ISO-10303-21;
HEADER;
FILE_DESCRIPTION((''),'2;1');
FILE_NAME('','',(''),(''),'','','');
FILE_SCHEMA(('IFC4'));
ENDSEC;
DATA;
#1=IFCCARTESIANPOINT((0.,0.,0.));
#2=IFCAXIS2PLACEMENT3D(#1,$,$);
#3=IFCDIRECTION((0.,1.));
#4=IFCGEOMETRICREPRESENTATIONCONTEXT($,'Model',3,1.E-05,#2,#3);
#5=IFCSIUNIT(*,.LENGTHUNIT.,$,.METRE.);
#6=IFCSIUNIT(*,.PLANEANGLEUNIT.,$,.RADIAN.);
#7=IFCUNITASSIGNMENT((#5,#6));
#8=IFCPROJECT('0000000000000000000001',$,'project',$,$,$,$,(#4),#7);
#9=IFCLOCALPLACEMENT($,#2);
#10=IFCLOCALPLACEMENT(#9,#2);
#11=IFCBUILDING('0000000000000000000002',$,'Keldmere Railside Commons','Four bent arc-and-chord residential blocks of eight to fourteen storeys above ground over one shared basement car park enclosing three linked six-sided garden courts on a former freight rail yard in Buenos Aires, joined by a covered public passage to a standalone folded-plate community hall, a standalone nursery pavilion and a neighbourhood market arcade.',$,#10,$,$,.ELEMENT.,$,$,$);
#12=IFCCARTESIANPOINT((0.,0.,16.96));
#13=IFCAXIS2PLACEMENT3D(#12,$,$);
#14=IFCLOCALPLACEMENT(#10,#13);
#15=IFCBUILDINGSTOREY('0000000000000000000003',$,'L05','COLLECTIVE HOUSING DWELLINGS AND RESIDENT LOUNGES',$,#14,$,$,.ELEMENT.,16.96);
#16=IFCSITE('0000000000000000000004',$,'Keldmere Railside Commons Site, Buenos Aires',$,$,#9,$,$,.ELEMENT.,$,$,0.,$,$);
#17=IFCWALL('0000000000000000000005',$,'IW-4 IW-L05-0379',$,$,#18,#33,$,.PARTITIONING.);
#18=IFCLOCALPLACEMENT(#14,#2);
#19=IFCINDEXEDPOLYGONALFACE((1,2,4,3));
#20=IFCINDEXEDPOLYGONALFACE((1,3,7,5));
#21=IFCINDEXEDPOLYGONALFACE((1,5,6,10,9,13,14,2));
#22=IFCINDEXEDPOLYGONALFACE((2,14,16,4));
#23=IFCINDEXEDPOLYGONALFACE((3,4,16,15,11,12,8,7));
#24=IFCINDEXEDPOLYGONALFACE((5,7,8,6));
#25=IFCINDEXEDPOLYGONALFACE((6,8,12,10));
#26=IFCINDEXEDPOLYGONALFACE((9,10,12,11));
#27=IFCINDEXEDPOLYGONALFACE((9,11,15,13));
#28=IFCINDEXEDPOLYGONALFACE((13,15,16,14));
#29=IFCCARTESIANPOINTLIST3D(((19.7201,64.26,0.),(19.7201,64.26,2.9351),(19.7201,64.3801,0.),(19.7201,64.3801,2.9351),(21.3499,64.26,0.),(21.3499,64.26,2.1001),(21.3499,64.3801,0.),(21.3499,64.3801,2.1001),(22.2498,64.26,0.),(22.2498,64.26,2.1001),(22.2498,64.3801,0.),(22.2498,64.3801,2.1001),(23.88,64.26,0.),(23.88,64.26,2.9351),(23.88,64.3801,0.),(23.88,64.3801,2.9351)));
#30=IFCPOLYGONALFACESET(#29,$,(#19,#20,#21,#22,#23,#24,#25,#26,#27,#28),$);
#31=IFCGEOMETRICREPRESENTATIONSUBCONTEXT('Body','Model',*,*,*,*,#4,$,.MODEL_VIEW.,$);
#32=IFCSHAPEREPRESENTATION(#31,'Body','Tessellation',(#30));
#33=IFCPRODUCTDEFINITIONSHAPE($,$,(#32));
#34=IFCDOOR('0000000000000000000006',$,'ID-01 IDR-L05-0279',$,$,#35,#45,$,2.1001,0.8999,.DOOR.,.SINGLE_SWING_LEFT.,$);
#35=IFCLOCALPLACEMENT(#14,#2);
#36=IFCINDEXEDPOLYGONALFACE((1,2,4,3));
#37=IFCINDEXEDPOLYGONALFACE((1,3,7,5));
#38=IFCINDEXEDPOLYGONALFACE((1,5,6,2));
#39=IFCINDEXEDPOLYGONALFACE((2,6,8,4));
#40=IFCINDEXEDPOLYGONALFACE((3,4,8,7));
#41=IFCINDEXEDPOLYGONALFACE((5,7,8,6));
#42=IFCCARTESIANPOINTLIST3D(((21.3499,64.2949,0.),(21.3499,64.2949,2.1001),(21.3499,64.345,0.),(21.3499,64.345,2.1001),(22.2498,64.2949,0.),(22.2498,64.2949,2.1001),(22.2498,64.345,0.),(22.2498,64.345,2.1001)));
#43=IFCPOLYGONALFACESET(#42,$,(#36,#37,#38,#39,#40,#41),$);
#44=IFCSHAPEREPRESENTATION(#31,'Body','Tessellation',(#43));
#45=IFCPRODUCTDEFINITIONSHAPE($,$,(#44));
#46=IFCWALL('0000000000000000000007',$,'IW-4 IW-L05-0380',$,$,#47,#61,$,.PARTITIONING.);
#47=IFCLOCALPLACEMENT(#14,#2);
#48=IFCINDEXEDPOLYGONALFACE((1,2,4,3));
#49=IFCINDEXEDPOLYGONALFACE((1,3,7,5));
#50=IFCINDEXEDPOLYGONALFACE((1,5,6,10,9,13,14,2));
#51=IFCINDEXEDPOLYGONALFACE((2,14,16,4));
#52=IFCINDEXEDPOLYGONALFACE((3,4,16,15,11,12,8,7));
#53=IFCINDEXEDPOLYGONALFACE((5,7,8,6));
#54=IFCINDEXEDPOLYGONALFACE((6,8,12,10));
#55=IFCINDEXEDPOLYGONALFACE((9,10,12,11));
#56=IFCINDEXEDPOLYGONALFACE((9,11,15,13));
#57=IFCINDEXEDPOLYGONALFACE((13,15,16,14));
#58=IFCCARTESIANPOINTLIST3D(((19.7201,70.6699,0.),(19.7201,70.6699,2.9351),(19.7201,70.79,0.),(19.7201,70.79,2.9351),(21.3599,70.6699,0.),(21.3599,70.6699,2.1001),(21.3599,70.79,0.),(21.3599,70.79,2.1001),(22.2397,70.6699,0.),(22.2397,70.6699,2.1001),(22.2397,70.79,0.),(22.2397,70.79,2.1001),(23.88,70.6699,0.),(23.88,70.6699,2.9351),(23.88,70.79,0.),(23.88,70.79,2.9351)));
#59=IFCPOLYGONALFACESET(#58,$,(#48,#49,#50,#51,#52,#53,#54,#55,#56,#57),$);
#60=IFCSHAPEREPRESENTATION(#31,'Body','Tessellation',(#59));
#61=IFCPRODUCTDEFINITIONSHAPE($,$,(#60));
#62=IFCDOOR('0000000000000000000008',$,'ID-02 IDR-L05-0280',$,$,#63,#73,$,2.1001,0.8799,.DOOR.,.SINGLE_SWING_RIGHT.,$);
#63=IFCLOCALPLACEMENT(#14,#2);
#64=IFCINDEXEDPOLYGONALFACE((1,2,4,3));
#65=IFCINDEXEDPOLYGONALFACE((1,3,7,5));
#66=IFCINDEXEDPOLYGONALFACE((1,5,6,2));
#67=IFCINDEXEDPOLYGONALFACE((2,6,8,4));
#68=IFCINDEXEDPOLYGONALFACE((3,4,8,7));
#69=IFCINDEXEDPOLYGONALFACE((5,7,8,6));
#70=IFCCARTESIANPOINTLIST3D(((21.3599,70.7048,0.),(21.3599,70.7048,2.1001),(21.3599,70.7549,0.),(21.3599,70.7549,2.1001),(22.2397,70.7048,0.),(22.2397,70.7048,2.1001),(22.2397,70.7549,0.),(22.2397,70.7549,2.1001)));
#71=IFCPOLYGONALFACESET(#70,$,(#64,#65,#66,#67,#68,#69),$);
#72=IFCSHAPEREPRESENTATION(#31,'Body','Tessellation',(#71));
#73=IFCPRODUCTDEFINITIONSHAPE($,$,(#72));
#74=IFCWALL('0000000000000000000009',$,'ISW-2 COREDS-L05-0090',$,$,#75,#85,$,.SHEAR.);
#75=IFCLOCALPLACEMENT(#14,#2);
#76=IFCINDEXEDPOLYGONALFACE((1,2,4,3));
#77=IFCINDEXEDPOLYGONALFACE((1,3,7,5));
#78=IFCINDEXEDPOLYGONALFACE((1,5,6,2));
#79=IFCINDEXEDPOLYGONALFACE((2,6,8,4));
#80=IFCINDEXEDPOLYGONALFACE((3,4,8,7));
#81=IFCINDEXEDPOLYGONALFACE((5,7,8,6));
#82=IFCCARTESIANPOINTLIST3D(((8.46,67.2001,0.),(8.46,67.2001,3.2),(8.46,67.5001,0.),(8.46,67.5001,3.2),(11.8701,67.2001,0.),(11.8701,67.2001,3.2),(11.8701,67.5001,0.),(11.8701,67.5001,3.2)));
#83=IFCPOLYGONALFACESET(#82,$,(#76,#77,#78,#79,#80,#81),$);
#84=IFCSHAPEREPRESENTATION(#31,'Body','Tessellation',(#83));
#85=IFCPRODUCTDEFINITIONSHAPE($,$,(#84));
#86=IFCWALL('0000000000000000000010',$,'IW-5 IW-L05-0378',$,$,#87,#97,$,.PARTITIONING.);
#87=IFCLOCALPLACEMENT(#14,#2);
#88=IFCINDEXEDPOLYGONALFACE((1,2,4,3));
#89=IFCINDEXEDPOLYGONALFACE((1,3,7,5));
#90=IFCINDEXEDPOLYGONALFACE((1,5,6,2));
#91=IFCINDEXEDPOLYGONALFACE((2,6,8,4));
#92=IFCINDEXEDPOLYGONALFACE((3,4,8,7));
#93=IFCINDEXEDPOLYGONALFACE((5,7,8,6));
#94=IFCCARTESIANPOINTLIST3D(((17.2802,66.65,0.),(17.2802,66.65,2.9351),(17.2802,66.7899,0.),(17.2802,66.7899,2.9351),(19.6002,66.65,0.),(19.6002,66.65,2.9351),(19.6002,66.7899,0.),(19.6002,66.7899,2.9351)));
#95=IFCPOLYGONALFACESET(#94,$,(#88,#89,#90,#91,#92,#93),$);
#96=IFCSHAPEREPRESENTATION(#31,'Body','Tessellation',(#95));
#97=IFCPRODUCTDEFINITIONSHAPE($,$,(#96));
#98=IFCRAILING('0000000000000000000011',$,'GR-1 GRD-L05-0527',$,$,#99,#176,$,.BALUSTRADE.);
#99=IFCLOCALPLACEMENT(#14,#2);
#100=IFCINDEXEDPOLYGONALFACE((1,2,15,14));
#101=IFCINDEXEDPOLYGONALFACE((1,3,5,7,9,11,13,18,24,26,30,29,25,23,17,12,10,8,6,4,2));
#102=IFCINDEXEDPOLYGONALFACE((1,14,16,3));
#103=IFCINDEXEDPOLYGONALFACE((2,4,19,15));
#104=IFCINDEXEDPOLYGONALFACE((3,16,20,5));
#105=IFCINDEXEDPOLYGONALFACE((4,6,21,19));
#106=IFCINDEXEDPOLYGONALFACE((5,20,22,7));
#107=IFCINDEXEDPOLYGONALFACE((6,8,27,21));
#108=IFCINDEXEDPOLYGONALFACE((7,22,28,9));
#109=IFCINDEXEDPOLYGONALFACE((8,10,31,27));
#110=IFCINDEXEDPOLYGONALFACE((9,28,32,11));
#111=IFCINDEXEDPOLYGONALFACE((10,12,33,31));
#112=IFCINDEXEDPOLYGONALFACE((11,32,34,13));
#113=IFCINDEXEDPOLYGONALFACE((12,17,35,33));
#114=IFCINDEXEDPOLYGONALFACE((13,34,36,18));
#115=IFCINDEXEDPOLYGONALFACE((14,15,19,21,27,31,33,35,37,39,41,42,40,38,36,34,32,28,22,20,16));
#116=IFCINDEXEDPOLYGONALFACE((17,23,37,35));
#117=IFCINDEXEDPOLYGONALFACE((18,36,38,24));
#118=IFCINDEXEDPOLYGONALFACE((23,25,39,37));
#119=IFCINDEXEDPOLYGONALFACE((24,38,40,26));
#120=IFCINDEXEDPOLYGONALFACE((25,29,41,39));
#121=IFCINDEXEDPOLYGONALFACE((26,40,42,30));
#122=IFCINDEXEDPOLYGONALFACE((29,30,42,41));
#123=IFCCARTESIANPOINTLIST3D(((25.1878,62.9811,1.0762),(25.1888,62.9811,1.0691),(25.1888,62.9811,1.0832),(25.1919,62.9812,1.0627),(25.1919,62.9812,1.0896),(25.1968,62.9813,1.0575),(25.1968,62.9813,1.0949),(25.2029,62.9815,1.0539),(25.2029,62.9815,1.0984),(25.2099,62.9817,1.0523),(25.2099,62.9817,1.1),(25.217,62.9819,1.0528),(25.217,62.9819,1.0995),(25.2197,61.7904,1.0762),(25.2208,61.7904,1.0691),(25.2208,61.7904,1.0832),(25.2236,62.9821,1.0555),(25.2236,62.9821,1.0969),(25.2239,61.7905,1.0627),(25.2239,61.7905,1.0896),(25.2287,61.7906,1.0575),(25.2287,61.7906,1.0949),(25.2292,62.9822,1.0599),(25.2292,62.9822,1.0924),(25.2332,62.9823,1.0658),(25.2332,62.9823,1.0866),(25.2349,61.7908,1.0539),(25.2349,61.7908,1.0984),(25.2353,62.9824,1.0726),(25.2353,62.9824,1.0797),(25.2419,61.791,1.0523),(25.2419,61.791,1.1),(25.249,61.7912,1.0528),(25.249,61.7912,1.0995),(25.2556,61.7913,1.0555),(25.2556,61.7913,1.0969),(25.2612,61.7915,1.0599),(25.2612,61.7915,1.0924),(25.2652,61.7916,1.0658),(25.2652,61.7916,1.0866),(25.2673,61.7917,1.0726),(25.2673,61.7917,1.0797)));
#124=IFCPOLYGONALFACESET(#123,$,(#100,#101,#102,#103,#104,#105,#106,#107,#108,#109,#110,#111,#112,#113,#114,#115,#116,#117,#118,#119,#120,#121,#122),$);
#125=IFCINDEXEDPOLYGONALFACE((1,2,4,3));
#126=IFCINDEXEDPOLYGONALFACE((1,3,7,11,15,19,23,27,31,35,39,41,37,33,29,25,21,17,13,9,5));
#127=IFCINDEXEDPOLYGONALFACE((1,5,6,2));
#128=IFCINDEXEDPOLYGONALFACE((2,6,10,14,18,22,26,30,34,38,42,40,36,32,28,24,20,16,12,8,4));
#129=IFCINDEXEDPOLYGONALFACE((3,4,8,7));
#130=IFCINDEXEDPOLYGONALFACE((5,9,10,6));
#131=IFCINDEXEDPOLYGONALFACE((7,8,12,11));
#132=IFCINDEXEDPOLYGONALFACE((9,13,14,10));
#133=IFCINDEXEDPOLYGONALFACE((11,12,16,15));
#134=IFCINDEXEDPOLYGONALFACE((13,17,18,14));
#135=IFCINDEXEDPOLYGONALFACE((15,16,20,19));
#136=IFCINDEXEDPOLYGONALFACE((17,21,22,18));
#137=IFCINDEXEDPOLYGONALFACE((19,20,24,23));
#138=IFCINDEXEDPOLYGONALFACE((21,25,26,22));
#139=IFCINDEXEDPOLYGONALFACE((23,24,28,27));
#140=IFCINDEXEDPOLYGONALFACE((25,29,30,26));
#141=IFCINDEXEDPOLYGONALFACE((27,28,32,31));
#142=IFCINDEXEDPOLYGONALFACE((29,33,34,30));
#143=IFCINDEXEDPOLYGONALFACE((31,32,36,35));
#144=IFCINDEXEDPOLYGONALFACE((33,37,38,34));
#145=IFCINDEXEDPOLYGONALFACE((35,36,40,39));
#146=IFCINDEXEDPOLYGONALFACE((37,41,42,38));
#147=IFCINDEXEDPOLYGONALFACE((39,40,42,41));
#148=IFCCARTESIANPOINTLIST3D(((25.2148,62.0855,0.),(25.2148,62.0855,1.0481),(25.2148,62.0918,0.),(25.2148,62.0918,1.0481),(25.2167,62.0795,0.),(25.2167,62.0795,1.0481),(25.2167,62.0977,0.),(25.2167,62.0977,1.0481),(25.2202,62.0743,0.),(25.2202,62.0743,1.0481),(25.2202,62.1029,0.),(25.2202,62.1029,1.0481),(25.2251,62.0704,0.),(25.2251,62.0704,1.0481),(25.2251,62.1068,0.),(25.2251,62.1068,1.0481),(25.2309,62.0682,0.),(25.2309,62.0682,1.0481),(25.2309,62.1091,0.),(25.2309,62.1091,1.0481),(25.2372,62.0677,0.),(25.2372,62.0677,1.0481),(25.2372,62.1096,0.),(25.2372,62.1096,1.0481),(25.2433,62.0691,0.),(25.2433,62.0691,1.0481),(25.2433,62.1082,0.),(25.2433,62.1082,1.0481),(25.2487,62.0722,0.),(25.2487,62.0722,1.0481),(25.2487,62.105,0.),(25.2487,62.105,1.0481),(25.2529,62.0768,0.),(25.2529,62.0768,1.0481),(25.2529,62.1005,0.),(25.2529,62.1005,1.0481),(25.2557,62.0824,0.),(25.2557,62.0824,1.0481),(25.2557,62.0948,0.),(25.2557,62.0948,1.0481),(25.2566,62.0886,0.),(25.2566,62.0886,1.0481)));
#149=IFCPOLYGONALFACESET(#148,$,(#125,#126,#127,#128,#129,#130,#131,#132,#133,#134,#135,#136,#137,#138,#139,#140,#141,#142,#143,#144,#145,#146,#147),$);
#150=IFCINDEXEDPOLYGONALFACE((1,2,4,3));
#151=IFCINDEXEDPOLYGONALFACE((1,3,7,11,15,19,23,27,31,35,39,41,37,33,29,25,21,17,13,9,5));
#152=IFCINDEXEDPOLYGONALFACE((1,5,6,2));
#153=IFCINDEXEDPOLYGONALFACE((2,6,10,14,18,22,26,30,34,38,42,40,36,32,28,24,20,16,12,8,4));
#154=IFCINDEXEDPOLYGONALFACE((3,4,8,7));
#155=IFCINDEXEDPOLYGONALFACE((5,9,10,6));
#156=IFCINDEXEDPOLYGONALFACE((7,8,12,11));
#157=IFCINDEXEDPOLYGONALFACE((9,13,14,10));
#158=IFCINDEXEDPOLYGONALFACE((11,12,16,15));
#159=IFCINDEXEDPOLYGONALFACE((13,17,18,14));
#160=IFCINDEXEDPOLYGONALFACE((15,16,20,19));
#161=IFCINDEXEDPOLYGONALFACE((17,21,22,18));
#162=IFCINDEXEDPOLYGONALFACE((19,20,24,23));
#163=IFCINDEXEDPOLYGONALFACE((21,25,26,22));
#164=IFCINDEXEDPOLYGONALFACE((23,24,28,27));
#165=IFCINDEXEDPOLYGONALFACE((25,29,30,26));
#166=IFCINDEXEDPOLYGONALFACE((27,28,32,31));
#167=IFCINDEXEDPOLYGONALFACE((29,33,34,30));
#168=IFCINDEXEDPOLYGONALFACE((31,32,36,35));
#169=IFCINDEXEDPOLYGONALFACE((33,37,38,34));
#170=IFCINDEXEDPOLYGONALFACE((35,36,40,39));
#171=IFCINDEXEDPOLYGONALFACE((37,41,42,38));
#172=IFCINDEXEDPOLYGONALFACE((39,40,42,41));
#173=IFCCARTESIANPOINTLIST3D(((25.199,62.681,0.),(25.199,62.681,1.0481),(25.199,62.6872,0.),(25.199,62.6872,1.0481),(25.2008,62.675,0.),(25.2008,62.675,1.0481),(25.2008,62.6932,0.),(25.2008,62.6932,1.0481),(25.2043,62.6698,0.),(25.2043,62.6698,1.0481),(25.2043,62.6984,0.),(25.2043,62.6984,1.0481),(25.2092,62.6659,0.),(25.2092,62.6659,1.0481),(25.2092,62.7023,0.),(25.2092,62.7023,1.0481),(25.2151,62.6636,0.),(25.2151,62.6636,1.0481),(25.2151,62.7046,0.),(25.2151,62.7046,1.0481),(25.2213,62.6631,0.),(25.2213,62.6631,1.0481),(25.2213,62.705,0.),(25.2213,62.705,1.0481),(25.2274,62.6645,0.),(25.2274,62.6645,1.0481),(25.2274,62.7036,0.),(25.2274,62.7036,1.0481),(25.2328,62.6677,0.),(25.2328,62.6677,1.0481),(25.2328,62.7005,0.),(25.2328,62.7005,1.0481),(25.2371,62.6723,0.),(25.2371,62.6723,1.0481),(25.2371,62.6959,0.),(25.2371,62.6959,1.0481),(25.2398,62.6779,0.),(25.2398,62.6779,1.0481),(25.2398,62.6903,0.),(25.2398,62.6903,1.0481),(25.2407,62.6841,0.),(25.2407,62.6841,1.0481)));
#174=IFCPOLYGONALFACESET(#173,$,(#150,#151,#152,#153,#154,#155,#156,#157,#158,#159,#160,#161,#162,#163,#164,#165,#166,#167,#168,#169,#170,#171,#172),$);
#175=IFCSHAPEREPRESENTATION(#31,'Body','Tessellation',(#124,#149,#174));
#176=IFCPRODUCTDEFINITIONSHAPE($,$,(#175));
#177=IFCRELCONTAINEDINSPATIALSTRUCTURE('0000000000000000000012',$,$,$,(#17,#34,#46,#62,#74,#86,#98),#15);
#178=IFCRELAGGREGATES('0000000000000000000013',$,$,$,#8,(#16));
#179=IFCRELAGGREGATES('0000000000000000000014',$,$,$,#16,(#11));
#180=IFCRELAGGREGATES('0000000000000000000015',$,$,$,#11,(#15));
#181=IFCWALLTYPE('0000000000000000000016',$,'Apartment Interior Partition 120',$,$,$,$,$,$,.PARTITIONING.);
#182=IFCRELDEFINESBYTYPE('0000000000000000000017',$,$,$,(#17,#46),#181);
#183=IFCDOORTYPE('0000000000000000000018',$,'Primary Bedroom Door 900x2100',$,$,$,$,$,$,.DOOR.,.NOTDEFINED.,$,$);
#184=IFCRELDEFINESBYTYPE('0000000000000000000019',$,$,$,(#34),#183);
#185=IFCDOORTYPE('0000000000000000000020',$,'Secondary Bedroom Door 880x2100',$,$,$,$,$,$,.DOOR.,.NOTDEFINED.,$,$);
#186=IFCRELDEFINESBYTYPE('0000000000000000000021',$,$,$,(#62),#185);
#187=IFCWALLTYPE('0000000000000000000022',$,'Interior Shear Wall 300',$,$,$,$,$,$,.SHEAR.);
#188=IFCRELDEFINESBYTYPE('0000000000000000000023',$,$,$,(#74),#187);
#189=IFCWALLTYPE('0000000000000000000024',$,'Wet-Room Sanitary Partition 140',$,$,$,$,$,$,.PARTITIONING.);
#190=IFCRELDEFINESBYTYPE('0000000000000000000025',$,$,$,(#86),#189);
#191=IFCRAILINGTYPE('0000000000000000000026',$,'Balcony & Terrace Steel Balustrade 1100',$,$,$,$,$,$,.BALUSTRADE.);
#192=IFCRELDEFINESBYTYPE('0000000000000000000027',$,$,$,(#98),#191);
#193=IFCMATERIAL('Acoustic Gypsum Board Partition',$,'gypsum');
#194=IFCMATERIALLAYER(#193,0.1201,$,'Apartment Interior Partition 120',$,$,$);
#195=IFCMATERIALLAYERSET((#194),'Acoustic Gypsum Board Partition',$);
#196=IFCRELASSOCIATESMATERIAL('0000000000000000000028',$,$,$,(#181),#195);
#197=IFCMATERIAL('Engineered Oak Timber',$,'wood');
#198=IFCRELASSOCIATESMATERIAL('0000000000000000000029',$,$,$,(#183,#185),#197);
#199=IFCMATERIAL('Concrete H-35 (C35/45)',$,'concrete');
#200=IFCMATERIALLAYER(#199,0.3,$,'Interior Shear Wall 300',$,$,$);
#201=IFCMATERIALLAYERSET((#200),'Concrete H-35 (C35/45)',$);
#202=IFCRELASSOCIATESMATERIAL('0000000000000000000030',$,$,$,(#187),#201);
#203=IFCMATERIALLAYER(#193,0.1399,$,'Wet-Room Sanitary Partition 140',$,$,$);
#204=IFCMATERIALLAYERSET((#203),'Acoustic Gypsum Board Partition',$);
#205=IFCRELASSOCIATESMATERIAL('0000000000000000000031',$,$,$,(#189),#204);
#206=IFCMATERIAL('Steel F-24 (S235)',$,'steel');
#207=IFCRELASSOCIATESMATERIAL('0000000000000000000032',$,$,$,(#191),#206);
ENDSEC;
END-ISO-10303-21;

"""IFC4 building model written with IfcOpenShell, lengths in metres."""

from ifc_helpers import new_model, si_unit, direction, frame, frame_2d, origin, origin_2d, place, context, subcontext, project, spatial, rectangle, circle, extrude, material, layer, layer_set, type_object, element, fill, save


model = new_model("IFC4")

# Units and contexts
model_context = context("Model", 3, precision=1e-05, world=origin(), true_north=direction((0.0, 1.0)))
body_context = subcontext(model_context, "Body", "Model", "MODEL_VIEW")
ifc_project = project(units=[si_unit("LENGTHUNIT", "METRE"), si_unit("PLANEANGLEUNIT", "RADIAN")], contexts=[model_context])

# Site, building, storey
site_placement = place(None, origin())
site = spatial("IfcSite", under=ifc_project, at=site_placement, Name="Keldmere Railside Commons Site, Buenos Aires", CompositionType="ELEMENT", RefElevation=0.0)
building_placement = place(site_placement, origin())
building = spatial("IfcBuilding", under=site, at=building_placement, Name="Keldmere Railside Commons", Description="Four bent arc-and-chord residential blocks of eight to fourteen storeys above ground over one shared basement car park enclosing three linked six-sided garden courts on a former freight rail yard in Buenos Aires, joined by a covered public passage to a standalone folded-plate community hall, a standalone nursery pavilion and a neighbourhood market arcade.", CompositionType="ELEMENT")
storey_placement = place(building_placement, frame((0.0, 0.0, 16.96)))
storey = spatial("IfcBuildingStorey", under=building, at=storey_placement, Name="L05", Description="COLLECTIVE HOUSING DWELLINGS AND RESIDENT LOUNGES", CompositionType="ELEMENT", Elevation=16.96)

# Shared definitions
ifc_material_1 = material(Name="Concrete H-35 (C35/45)", Category="concrete")

# Walls, openings, doors
ifc_material_2 = material(Name="Acoustic Gypsum Board Partition", Category="gypsum")
ifc_layer_1 = layer(ifc_material_2, 0.1201, Name="Apartment Interior Partition 120")
ifc_layer_set_1 = layer_set([ifc_layer_1], Name="Acoustic Gypsum Board Partition")
wall_type_1 = type_object("IfcWallType", Name="Apartment Interior Partition 120", PredefinedType="PARTITIONING", material=ifc_layer_set_1)
wall_1_placement = place(storey_placement, frame((19.72, 64.3201, 0.0), z_axis=(0.0, 0.0, 1.0), x_axis=(1.0, 0.0, 0.0)))
wall_1 = element("IfcWall", 1, at=wall_1_placement, inside=storey, type_object=wall_type_1, Name="IW-4 IW-L05-0379", PredefinedType="PARTITIONING", context=body_context, shape_type="SweptSolid", body=[
    extrude(rectangle(XDim=4.1599, YDim=0.1201, at=frame_2d((2.0801, 0.0))), origin(), (0.0, 0.0, 1.0), 2.9351),
])
opening_1_placement = place(wall_1_placement, frame((1.6299, 0.0, 0.0)))
opening_1 = element("IfcOpeningElement", 2, at=opening_1_placement, cuts=wall_1, PredefinedType="OPENING", context=body_context, shape_type="SweptSolid", body=[
    extrude(rectangle(XDim=0.8999, YDim=2.1001, at=frame_2d((0.45, 1.05))), frame((0.0, 0.0701, 0.0), z_axis=(0.0, -1.0, 0.0), x_axis=(1.0, 0.0, 0.0)), (0.0, 0.0, 1.0), 0.1401),
])
ifc_material_3 = material(Name="Engineered Oak Timber", Category="wood")
door_type_1 = type_object("IfcDoorType", Name="Primary Bedroom Door 900x2100", OperationType="NOTDEFINED", PredefinedType="DOOR", material=ifc_material_3)
door_1_placement = place(opening_1_placement, origin())
door_1 = element("IfcDoor", 3, at=door_1_placement, inside=storey, type_object=door_type_1, Name="ID-01 IDR-L05-0279", OperationType="SINGLE_SWING_LEFT", OverallHeight=2.1001, OverallWidth=0.8999, PredefinedType="DOOR", context=body_context, shape_type="SweptSolid", body=[
    extrude(rectangle(XDim=0.8999, YDim=2.1001, at=frame_2d((0.45, 1.05))), frame((0.0, 0.0249, 0.0), z_axis=(0.0, -1.0, 0.0), x_axis=(1.0, 0.0, 0.0)), (0.0, 0.0, 1.0), 0.05),
])
fill(opening_1, door_1)
wall_2_placement = place(storey_placement, frame((19.72, 70.73, 0.0), z_axis=(0.0, 0.0, 1.0), x_axis=(1.0, 0.0, 0.0)))
wall_2 = element("IfcWall", 4, at=wall_2_placement, inside=storey, type_object=wall_type_1, Name="IW-4 IW-L05-0380", PredefinedType="PARTITIONING", context=body_context, shape_type="SweptSolid", body=[
    extrude(rectangle(XDim=4.1599, YDim=0.1201, at=frame_2d((2.0801, 0.0))), origin(), (0.0, 0.0, 1.0), 2.9351),
])
opening_2_placement = place(wall_2_placement, frame((1.6399, 0.0, 0.0)))
opening_2 = element("IfcOpeningElement", 5, at=opening_2_placement, cuts=wall_2, PredefinedType="OPENING", context=body_context, shape_type="SweptSolid", body=[
    extrude(rectangle(XDim=0.8799, YDim=2.1001, at=frame_2d((0.4399, 1.05))), frame((0.0, 0.0701, 0.0), z_axis=(0.0, -1.0, 0.0), x_axis=(1.0, 0.0, 0.0)), (0.0, 0.0, 1.0), 0.1401),
])
door_type_2 = type_object("IfcDoorType", Name="Secondary Bedroom Door 880x2100", OperationType="NOTDEFINED", PredefinedType="DOOR", material=ifc_material_3)
door_2_placement = place(opening_2_placement, origin())
door_2 = element("IfcDoor", 6, at=door_2_placement, inside=storey, type_object=door_type_2, Name="ID-02 IDR-L05-0280", OperationType="SINGLE_SWING_RIGHT", OverallHeight=2.1001, OverallWidth=0.8799, PredefinedType="DOOR", context=body_context, shape_type="SweptSolid", body=[
    extrude(rectangle(XDim=0.8799, YDim=2.1001, at=frame_2d((0.4399, 1.05))), frame((0.0, 0.0249, 0.0), z_axis=(0.0, -1.0, 0.0), x_axis=(1.0, 0.0, 0.0)), (0.0, 0.0, 1.0), 0.05),
])
fill(opening_2, door_2)

# Walls
ifc_layer_2 = layer(ifc_material_1, 0.3, Name="Interior Shear Wall 300")
ifc_layer_set_2 = layer_set([ifc_layer_2], Name="Concrete H-35 (C35/45)")
wall_type_2 = type_object("IfcWallType", Name="Interior Shear Wall 300", PredefinedType="SHEAR", material=ifc_layer_set_2)
wall_3_placement = place(storey_placement, frame((11.8701, 67.3501, 0.0), z_axis=(0.0, 0.0, 1.0), x_axis=(-1.0, 0.0, 0.0)))
element("IfcWall", 7, at=wall_3_placement, inside=storey, type_object=wall_type_2, Name="ISW-2 COREDS-L05-0090", PredefinedType="SHEAR", context=body_context, shape_type="SweptSolid", body=[
    extrude(rectangle(XDim=3.4102, YDim=0.3, at=frame_2d((1.7051, 0.0))), origin(), (0.0, 0.0, 1.0), 3.2),
])
ifc_layer_3 = layer(ifc_material_2, 0.1399, Name="Wet-Room Sanitary Partition 140")
ifc_layer_set_3 = layer_set([ifc_layer_3], Name="Acoustic Gypsum Board Partition")
wall_type_3 = type_object("IfcWallType", Name="Wet-Room Sanitary Partition 140", PredefinedType="PARTITIONING", material=ifc_layer_set_3)
wall_4_placement = place(storey_placement, frame((17.28, 66.72, 0.0), z_axis=(0.0, 0.0, 1.0), x_axis=(1.0, 0.0, 0.0)))
element("IfcWall", 8, at=wall_4_placement, inside=storey, type_object=wall_type_3, Name="IW-5 IW-L05-0378", PredefinedType="PARTITIONING", context=body_context, shape_type="SweptSolid", body=[
    extrude(rectangle(XDim=2.3201, YDim=0.1399, at=frame_2d((1.1602, 0.0))), origin(), (0.0, 0.0, 1.0), 2.9351),
])

# Railing
ifc_material_4 = material(Name="Steel F-24 (S235)", Category="steel")
railing_type = type_object("IfcRailingType", Name="Balcony & Terrace Steel Balustrade 1100", PredefinedType="BALUSTRADE", material=ifc_material_4)
railing_1_placement = place(storey_placement, frame((25.2437, 61.791, 0.0)))
element("IfcRailing", 9, at=railing_1_placement, inside=storey, type_object=railing_type, Name="GR-1 GRD-L05-0527", PredefinedType="BALUSTRADE", context=body_context, shape_type="SweptSolid", body=[
    extrude(circle(Radius=0.0239, at=origin_2d()), frame((0.0, 0.0, 1.0762), z_axis=(-0.026851, 0.999639, 0.0), x_axis=(-0.999639, -0.026851, 0.0)), (0.0, 0.0, 1.0), 1.1912),
    extrude(circle(Radius=0.021, at=origin_2d()), frame((-0.0081, 0.2976, 0.0)), (0.0, 0.0, 1.0), 1.0481),
    extrude(circle(Radius=0.021, at=origin_2d()), frame((-0.0239, 0.8931, 0.0)), (0.0, 0.0, 1.0), 1.0481),
])

save(model, "model.ifc")
